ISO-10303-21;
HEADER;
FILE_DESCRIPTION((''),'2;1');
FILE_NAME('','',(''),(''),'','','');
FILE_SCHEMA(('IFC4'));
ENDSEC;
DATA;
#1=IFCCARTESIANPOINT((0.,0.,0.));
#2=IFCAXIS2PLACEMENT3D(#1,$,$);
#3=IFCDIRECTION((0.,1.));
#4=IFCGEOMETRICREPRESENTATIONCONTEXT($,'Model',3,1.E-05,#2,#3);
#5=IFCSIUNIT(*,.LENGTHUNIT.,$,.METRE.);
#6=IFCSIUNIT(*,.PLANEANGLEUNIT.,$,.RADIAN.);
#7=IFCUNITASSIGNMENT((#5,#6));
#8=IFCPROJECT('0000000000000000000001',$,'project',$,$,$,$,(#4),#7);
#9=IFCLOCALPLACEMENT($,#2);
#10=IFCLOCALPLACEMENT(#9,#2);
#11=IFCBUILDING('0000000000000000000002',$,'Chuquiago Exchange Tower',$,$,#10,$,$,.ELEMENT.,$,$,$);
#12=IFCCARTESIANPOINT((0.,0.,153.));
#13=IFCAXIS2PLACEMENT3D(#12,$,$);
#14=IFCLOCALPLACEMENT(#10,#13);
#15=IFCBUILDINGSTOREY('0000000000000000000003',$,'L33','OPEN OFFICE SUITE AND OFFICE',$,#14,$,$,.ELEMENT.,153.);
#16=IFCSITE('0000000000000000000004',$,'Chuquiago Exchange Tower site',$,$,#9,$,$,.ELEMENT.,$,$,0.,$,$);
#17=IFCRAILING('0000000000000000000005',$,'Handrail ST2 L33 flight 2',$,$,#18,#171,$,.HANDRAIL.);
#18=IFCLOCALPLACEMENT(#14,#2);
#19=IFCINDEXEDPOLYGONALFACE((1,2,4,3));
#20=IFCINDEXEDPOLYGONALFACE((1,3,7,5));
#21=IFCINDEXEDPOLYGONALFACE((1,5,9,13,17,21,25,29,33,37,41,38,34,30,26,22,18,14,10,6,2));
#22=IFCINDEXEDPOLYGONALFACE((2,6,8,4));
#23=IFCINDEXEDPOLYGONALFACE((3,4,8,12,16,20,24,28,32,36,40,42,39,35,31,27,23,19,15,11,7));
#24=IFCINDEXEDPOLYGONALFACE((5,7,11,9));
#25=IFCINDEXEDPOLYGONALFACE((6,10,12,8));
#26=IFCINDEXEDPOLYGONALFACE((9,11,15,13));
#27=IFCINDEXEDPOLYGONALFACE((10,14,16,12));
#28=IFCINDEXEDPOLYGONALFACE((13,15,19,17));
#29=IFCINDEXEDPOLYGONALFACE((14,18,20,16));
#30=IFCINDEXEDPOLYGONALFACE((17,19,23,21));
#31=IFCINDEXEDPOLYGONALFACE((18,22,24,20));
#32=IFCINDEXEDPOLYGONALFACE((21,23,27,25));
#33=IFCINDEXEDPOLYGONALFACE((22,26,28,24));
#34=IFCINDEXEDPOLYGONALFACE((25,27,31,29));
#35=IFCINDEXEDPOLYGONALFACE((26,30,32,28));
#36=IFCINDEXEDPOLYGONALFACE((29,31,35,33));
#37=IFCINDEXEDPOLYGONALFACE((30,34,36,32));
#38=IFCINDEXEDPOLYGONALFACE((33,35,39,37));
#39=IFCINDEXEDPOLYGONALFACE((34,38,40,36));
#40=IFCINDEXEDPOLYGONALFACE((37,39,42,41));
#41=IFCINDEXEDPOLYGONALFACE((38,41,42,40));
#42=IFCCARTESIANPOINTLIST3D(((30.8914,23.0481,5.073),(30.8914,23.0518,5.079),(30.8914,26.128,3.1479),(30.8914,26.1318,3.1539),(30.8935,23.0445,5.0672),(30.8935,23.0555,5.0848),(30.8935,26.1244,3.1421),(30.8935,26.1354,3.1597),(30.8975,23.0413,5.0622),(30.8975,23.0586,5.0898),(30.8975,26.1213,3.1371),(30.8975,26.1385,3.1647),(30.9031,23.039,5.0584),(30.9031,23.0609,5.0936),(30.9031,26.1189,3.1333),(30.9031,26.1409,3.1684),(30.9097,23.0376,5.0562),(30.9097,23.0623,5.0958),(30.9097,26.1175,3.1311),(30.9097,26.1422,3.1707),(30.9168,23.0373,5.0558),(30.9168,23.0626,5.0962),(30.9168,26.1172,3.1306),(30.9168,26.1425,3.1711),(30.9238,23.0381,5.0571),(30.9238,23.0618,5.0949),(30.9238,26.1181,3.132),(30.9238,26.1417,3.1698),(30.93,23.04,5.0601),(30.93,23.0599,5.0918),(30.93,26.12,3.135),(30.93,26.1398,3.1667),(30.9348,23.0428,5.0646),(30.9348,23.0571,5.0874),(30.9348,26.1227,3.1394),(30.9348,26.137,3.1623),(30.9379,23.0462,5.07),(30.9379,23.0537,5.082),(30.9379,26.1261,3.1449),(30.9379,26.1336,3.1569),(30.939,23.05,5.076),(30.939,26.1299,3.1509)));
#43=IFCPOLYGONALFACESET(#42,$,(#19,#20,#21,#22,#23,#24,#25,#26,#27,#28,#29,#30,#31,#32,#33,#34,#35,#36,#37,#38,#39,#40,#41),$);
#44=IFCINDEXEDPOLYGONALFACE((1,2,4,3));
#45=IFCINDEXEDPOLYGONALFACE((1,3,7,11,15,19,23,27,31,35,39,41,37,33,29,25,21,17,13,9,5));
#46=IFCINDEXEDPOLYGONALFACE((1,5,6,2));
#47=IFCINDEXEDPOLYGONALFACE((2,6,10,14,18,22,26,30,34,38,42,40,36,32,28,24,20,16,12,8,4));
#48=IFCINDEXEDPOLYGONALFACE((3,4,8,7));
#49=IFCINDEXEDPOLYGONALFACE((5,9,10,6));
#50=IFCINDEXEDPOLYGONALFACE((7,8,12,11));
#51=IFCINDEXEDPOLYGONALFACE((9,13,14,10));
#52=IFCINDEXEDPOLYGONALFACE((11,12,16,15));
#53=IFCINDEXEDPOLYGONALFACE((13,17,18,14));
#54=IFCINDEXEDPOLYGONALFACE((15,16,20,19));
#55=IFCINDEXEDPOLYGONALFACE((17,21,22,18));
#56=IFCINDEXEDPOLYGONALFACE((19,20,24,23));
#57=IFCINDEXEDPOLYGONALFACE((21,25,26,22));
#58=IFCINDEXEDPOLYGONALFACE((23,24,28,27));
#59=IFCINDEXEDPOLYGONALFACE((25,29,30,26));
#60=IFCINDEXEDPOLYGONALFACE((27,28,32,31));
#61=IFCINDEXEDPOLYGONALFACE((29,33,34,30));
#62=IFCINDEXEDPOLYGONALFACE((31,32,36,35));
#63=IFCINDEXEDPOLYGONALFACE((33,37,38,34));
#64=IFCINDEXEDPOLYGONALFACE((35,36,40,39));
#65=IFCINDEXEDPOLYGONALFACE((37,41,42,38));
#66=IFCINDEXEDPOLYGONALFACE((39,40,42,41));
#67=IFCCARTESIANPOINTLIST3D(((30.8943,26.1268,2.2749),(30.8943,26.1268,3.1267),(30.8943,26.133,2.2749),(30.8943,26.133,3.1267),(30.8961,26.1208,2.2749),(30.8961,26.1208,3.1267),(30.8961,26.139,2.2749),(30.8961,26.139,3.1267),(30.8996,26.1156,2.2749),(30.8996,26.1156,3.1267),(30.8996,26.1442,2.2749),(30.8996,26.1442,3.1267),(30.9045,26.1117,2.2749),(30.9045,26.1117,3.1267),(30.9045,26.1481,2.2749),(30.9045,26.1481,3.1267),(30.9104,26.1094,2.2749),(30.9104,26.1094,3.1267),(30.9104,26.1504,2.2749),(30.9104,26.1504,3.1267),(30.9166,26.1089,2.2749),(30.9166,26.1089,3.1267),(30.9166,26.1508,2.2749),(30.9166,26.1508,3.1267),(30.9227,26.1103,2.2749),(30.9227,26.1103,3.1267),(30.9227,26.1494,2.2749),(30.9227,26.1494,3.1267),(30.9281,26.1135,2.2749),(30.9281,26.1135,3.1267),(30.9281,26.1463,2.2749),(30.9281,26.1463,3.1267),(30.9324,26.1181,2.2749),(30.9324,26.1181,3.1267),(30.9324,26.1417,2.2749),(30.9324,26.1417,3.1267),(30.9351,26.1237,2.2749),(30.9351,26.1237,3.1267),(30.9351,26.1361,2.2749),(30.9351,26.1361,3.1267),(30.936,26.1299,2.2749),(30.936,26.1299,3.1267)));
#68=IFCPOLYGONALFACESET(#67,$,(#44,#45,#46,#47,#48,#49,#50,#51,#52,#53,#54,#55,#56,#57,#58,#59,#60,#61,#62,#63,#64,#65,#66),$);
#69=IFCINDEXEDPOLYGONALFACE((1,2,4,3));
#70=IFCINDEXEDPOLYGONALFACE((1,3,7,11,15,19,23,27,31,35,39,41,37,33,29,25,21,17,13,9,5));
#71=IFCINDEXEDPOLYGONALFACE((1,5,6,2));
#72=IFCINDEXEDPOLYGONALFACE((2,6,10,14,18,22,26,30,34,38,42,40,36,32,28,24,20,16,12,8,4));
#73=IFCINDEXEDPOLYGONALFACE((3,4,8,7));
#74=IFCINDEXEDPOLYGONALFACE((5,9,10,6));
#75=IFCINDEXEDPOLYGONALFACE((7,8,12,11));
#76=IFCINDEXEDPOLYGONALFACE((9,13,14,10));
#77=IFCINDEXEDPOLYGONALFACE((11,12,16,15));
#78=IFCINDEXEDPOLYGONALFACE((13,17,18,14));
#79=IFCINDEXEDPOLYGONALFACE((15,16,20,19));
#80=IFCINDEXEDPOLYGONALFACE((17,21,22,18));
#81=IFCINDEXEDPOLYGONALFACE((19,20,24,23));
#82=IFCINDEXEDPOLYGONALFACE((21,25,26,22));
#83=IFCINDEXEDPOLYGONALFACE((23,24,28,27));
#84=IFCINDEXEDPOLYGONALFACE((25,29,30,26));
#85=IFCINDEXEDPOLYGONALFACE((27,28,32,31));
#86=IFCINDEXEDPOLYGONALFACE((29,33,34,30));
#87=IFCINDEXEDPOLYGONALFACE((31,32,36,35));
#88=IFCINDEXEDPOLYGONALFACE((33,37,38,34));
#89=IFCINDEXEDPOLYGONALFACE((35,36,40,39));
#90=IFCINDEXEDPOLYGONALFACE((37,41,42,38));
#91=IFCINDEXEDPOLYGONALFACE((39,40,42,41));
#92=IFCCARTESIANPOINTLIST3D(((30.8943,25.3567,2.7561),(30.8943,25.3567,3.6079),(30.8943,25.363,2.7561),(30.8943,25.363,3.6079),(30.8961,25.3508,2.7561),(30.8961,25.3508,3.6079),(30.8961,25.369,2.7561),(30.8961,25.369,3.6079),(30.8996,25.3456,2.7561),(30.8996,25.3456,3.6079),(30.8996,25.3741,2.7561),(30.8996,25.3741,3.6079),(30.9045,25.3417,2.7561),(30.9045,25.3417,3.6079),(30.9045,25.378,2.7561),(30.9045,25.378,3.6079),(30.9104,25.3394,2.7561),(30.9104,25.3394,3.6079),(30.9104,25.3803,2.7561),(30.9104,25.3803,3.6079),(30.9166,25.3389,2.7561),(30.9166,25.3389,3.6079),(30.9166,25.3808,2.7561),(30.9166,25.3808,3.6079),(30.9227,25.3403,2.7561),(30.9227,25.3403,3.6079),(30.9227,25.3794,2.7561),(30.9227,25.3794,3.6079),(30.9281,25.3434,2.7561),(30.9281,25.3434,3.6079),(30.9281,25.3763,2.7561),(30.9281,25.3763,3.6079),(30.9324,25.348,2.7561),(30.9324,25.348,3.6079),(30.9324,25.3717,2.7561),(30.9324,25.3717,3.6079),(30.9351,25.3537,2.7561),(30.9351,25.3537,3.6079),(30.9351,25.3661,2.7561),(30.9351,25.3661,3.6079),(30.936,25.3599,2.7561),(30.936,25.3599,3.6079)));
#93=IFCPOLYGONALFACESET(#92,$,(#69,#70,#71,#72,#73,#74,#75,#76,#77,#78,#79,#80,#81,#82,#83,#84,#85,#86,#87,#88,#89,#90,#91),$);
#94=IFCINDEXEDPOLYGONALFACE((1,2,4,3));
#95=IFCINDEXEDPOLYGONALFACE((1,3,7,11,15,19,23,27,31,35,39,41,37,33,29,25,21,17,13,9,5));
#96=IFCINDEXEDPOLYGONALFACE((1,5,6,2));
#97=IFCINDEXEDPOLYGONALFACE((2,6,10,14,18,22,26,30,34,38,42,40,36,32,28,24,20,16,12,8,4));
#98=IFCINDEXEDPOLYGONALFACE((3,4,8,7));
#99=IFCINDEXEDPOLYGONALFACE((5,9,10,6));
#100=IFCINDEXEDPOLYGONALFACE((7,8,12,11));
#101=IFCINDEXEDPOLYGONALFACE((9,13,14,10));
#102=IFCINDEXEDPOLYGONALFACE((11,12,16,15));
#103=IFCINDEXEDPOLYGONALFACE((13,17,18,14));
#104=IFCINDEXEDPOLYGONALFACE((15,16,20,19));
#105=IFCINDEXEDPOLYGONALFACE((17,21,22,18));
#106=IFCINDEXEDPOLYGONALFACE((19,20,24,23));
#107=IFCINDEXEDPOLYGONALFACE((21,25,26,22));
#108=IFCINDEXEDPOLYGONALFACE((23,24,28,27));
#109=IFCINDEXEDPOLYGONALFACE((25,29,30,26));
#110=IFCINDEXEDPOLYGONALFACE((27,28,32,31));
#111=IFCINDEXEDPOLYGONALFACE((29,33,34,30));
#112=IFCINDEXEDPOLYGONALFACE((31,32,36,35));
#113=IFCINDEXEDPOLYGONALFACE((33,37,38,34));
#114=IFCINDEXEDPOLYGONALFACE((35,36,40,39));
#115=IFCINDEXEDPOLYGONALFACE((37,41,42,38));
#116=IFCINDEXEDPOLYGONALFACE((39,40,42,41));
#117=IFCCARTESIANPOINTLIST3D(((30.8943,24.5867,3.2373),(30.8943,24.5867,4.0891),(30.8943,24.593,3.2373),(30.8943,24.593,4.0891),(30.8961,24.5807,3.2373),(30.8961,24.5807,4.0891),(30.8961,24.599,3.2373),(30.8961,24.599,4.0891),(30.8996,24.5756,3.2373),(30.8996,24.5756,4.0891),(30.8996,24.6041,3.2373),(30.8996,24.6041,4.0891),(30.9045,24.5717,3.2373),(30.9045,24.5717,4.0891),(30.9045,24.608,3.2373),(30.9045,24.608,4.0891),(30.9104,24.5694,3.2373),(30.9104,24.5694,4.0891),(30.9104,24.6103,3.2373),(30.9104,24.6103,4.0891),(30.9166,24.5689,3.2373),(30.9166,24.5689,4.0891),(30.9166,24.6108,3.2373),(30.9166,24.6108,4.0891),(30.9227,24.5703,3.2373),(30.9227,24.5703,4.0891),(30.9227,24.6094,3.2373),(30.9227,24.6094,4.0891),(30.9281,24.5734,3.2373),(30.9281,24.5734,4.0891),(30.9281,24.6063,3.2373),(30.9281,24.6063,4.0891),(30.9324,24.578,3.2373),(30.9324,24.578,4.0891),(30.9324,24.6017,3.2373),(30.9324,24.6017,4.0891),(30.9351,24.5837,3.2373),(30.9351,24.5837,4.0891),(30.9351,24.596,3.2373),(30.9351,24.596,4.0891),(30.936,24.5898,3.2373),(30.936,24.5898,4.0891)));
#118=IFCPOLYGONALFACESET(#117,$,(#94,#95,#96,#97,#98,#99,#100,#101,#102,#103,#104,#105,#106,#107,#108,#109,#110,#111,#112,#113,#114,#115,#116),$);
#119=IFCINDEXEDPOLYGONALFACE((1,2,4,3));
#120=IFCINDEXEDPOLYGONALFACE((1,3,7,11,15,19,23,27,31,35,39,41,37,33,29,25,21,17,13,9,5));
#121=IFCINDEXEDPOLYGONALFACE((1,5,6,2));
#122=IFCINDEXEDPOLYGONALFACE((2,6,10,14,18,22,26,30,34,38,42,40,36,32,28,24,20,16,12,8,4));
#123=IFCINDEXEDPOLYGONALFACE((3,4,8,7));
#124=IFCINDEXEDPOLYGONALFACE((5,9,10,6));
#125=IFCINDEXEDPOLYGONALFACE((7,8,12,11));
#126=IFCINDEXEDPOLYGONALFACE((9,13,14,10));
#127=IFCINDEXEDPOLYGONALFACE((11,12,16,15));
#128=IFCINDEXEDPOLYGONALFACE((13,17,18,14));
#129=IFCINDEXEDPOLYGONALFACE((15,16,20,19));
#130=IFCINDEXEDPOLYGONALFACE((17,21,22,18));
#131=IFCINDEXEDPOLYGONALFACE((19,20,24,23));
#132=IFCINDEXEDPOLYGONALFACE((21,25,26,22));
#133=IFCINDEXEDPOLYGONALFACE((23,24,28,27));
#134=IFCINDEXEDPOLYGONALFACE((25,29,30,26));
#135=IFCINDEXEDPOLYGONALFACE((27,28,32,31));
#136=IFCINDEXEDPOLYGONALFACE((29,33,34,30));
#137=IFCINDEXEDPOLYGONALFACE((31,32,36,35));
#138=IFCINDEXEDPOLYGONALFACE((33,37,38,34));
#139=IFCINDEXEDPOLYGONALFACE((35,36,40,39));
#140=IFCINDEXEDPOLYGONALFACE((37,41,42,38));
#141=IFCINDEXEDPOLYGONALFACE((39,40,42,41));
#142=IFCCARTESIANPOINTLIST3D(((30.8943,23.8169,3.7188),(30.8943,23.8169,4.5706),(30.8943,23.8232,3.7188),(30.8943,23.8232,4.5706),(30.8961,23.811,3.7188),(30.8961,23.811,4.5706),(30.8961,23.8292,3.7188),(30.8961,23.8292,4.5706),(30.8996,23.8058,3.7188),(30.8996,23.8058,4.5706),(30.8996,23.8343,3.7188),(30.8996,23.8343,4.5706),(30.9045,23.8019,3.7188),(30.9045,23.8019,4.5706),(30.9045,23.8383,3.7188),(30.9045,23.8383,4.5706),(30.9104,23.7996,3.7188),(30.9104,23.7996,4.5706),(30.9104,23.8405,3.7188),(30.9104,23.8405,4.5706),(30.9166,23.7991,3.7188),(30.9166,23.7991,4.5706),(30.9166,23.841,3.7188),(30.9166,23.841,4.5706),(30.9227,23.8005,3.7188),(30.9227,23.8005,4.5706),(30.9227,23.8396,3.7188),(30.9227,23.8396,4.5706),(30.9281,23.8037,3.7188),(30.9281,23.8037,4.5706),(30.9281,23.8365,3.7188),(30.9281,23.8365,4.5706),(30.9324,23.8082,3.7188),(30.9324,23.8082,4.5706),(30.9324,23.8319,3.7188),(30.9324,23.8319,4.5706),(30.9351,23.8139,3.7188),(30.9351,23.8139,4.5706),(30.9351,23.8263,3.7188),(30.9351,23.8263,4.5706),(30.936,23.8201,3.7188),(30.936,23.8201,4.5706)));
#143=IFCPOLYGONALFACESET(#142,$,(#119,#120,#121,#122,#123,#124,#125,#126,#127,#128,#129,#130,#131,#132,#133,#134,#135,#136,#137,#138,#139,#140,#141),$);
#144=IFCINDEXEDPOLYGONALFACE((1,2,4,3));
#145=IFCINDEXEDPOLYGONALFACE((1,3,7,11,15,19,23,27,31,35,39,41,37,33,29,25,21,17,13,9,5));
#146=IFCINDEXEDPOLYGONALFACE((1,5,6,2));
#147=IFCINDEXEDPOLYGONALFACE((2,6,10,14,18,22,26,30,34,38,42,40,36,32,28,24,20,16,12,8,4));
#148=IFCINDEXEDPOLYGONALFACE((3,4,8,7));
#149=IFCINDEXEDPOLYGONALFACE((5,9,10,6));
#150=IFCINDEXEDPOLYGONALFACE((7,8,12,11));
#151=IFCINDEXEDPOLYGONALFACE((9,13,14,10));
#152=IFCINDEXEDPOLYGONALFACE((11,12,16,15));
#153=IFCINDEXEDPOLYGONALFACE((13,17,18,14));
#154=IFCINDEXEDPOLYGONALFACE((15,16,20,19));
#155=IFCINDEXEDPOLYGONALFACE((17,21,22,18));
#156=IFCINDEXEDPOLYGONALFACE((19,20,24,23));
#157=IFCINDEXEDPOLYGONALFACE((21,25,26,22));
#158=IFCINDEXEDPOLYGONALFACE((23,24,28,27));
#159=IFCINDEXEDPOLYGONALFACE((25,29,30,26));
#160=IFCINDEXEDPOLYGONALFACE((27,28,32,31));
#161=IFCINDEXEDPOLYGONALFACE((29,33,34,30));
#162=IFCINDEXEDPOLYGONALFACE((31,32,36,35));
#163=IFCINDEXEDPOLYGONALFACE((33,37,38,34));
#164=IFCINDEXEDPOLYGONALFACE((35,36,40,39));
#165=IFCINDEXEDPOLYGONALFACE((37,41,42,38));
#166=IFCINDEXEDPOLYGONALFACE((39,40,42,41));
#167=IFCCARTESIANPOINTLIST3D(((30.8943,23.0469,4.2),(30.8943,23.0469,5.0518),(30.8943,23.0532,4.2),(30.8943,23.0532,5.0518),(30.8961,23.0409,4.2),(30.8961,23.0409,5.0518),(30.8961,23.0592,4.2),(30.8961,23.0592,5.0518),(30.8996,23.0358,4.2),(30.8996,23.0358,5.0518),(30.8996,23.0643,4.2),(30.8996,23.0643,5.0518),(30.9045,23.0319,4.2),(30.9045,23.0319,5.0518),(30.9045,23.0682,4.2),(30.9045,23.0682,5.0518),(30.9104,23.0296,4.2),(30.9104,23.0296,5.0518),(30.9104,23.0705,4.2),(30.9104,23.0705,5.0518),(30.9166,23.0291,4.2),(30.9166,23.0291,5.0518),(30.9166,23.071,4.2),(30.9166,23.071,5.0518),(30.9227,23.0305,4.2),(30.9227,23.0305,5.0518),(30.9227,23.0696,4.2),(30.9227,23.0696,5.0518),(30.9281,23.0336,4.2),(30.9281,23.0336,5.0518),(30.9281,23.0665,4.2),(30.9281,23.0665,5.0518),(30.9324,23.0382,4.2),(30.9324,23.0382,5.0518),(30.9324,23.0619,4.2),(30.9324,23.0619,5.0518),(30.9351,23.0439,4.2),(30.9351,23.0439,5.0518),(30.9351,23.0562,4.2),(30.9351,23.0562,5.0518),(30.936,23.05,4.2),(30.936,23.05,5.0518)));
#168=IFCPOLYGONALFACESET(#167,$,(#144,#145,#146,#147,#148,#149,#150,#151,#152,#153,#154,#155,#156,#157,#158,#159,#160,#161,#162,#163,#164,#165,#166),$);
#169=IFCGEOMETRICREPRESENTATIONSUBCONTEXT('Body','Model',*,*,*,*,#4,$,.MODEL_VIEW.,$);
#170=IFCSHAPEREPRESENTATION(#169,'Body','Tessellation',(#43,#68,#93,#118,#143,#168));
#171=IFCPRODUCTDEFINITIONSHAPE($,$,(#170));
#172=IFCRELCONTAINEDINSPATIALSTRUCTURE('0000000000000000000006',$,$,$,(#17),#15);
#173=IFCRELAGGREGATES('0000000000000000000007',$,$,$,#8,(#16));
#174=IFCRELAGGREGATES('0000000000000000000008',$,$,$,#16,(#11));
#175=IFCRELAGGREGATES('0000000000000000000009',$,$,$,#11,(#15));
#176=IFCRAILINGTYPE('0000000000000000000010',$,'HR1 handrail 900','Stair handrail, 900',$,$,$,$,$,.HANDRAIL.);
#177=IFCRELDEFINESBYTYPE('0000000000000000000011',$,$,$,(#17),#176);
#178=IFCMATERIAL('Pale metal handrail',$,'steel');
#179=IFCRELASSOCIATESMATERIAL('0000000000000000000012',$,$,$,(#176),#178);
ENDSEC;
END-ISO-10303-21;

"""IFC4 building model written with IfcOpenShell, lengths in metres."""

from ifc_helpers import new_model, si_unit, direction, frame, origin, origin_2d, place, context, subcontext, project, spatial, circle, extrude, material, type_object, element, save


model = new_model("IFC4")

# Units and contexts
model_context = context("Model", 3, precision=1e-05, world=origin(), true_north=direction((0.0, 1.0)))
body_context = subcontext(model_context, "Body", "Model", "MODEL_VIEW")
ifc_project = project(units=[si_unit("LENGTHUNIT", "METRE"), si_unit("PLANEANGLEUNIT", "RADIAN")], contexts=[model_context])

# Site, building, storey
site_placement = place(None, origin())
site = spatial("IfcSite", under=ifc_project, at=site_placement, Name="Chuquiago Exchange Tower site", CompositionType="ELEMENT", RefElevation=0.0)
building_placement = place(site_placement, origin())
building = spatial("IfcBuilding", under=site, at=building_placement, Name="Chuquiago Exchange Tower", CompositionType="ELEMENT")
storey_placement = place(building_placement, frame((0.0, 0.0, 153.0)))
storey = spatial("IfcBuildingStorey", under=building, at=storey_placement, Name="L33", Description="OPEN OFFICE SUITE AND OFFICE", CompositionType="ELEMENT", Elevation=153.0)

# Railing
ifc_material_1 = material(Name="Pale metal handrail", Category="steel")
railing_type_1 = type_object("IfcRailingType", Name="HR1 handrail 900", Description="Stair handrail, 900", PredefinedType="HANDRAIL", material=ifc_material_1)
for number, where, name in (
    (1, (30.915, 26.1299, 2.2749), "Handrail ST2 L33 flight 2"),
):
    element("IfcRailing", number, at=place(storey_placement, frame(where)), inside=storey, type_object=railing_type_1, Name=name, PredefinedType="HANDRAIL", context=body_context, shape_type="SweptSolid", body=[
        extrude(circle(Radius=0.0239, at=origin_2d()), frame((0.0, 0.0, 0.876), z_axis=(0.0, -0.847979, 0.530029), x_axis=(1.0, 0.0, 0.0)), (0.0, 0.0, 1.0), 3.6321),
        extrude(circle(Radius=0.021, at=origin_2d()), origin(), (0.0, 0.0, 1.0), 0.8518),
        extrude(circle(Radius=0.021, at=origin_2d()), frame((0.0, -0.77, 0.4812)), (0.0, 0.0, 1.0), 0.8518),
        extrude(circle(Radius=0.021, at=origin_2d()), frame((0.0, -1.54, 0.9624)), (0.0, 0.0, 1.0), 0.8518),
        extrude(circle(Radius=0.021, at=origin_2d()), frame((0.0, -2.3098, 1.4438)), (0.0, 0.0, 1.0), 0.8518),
        extrude(circle(Radius=0.021, at=origin_2d()), frame((0.0, -3.0798, 1.925)), (0.0, 0.0, 1.0), 0.8518),
    ])

save(model, "model.ifc")
